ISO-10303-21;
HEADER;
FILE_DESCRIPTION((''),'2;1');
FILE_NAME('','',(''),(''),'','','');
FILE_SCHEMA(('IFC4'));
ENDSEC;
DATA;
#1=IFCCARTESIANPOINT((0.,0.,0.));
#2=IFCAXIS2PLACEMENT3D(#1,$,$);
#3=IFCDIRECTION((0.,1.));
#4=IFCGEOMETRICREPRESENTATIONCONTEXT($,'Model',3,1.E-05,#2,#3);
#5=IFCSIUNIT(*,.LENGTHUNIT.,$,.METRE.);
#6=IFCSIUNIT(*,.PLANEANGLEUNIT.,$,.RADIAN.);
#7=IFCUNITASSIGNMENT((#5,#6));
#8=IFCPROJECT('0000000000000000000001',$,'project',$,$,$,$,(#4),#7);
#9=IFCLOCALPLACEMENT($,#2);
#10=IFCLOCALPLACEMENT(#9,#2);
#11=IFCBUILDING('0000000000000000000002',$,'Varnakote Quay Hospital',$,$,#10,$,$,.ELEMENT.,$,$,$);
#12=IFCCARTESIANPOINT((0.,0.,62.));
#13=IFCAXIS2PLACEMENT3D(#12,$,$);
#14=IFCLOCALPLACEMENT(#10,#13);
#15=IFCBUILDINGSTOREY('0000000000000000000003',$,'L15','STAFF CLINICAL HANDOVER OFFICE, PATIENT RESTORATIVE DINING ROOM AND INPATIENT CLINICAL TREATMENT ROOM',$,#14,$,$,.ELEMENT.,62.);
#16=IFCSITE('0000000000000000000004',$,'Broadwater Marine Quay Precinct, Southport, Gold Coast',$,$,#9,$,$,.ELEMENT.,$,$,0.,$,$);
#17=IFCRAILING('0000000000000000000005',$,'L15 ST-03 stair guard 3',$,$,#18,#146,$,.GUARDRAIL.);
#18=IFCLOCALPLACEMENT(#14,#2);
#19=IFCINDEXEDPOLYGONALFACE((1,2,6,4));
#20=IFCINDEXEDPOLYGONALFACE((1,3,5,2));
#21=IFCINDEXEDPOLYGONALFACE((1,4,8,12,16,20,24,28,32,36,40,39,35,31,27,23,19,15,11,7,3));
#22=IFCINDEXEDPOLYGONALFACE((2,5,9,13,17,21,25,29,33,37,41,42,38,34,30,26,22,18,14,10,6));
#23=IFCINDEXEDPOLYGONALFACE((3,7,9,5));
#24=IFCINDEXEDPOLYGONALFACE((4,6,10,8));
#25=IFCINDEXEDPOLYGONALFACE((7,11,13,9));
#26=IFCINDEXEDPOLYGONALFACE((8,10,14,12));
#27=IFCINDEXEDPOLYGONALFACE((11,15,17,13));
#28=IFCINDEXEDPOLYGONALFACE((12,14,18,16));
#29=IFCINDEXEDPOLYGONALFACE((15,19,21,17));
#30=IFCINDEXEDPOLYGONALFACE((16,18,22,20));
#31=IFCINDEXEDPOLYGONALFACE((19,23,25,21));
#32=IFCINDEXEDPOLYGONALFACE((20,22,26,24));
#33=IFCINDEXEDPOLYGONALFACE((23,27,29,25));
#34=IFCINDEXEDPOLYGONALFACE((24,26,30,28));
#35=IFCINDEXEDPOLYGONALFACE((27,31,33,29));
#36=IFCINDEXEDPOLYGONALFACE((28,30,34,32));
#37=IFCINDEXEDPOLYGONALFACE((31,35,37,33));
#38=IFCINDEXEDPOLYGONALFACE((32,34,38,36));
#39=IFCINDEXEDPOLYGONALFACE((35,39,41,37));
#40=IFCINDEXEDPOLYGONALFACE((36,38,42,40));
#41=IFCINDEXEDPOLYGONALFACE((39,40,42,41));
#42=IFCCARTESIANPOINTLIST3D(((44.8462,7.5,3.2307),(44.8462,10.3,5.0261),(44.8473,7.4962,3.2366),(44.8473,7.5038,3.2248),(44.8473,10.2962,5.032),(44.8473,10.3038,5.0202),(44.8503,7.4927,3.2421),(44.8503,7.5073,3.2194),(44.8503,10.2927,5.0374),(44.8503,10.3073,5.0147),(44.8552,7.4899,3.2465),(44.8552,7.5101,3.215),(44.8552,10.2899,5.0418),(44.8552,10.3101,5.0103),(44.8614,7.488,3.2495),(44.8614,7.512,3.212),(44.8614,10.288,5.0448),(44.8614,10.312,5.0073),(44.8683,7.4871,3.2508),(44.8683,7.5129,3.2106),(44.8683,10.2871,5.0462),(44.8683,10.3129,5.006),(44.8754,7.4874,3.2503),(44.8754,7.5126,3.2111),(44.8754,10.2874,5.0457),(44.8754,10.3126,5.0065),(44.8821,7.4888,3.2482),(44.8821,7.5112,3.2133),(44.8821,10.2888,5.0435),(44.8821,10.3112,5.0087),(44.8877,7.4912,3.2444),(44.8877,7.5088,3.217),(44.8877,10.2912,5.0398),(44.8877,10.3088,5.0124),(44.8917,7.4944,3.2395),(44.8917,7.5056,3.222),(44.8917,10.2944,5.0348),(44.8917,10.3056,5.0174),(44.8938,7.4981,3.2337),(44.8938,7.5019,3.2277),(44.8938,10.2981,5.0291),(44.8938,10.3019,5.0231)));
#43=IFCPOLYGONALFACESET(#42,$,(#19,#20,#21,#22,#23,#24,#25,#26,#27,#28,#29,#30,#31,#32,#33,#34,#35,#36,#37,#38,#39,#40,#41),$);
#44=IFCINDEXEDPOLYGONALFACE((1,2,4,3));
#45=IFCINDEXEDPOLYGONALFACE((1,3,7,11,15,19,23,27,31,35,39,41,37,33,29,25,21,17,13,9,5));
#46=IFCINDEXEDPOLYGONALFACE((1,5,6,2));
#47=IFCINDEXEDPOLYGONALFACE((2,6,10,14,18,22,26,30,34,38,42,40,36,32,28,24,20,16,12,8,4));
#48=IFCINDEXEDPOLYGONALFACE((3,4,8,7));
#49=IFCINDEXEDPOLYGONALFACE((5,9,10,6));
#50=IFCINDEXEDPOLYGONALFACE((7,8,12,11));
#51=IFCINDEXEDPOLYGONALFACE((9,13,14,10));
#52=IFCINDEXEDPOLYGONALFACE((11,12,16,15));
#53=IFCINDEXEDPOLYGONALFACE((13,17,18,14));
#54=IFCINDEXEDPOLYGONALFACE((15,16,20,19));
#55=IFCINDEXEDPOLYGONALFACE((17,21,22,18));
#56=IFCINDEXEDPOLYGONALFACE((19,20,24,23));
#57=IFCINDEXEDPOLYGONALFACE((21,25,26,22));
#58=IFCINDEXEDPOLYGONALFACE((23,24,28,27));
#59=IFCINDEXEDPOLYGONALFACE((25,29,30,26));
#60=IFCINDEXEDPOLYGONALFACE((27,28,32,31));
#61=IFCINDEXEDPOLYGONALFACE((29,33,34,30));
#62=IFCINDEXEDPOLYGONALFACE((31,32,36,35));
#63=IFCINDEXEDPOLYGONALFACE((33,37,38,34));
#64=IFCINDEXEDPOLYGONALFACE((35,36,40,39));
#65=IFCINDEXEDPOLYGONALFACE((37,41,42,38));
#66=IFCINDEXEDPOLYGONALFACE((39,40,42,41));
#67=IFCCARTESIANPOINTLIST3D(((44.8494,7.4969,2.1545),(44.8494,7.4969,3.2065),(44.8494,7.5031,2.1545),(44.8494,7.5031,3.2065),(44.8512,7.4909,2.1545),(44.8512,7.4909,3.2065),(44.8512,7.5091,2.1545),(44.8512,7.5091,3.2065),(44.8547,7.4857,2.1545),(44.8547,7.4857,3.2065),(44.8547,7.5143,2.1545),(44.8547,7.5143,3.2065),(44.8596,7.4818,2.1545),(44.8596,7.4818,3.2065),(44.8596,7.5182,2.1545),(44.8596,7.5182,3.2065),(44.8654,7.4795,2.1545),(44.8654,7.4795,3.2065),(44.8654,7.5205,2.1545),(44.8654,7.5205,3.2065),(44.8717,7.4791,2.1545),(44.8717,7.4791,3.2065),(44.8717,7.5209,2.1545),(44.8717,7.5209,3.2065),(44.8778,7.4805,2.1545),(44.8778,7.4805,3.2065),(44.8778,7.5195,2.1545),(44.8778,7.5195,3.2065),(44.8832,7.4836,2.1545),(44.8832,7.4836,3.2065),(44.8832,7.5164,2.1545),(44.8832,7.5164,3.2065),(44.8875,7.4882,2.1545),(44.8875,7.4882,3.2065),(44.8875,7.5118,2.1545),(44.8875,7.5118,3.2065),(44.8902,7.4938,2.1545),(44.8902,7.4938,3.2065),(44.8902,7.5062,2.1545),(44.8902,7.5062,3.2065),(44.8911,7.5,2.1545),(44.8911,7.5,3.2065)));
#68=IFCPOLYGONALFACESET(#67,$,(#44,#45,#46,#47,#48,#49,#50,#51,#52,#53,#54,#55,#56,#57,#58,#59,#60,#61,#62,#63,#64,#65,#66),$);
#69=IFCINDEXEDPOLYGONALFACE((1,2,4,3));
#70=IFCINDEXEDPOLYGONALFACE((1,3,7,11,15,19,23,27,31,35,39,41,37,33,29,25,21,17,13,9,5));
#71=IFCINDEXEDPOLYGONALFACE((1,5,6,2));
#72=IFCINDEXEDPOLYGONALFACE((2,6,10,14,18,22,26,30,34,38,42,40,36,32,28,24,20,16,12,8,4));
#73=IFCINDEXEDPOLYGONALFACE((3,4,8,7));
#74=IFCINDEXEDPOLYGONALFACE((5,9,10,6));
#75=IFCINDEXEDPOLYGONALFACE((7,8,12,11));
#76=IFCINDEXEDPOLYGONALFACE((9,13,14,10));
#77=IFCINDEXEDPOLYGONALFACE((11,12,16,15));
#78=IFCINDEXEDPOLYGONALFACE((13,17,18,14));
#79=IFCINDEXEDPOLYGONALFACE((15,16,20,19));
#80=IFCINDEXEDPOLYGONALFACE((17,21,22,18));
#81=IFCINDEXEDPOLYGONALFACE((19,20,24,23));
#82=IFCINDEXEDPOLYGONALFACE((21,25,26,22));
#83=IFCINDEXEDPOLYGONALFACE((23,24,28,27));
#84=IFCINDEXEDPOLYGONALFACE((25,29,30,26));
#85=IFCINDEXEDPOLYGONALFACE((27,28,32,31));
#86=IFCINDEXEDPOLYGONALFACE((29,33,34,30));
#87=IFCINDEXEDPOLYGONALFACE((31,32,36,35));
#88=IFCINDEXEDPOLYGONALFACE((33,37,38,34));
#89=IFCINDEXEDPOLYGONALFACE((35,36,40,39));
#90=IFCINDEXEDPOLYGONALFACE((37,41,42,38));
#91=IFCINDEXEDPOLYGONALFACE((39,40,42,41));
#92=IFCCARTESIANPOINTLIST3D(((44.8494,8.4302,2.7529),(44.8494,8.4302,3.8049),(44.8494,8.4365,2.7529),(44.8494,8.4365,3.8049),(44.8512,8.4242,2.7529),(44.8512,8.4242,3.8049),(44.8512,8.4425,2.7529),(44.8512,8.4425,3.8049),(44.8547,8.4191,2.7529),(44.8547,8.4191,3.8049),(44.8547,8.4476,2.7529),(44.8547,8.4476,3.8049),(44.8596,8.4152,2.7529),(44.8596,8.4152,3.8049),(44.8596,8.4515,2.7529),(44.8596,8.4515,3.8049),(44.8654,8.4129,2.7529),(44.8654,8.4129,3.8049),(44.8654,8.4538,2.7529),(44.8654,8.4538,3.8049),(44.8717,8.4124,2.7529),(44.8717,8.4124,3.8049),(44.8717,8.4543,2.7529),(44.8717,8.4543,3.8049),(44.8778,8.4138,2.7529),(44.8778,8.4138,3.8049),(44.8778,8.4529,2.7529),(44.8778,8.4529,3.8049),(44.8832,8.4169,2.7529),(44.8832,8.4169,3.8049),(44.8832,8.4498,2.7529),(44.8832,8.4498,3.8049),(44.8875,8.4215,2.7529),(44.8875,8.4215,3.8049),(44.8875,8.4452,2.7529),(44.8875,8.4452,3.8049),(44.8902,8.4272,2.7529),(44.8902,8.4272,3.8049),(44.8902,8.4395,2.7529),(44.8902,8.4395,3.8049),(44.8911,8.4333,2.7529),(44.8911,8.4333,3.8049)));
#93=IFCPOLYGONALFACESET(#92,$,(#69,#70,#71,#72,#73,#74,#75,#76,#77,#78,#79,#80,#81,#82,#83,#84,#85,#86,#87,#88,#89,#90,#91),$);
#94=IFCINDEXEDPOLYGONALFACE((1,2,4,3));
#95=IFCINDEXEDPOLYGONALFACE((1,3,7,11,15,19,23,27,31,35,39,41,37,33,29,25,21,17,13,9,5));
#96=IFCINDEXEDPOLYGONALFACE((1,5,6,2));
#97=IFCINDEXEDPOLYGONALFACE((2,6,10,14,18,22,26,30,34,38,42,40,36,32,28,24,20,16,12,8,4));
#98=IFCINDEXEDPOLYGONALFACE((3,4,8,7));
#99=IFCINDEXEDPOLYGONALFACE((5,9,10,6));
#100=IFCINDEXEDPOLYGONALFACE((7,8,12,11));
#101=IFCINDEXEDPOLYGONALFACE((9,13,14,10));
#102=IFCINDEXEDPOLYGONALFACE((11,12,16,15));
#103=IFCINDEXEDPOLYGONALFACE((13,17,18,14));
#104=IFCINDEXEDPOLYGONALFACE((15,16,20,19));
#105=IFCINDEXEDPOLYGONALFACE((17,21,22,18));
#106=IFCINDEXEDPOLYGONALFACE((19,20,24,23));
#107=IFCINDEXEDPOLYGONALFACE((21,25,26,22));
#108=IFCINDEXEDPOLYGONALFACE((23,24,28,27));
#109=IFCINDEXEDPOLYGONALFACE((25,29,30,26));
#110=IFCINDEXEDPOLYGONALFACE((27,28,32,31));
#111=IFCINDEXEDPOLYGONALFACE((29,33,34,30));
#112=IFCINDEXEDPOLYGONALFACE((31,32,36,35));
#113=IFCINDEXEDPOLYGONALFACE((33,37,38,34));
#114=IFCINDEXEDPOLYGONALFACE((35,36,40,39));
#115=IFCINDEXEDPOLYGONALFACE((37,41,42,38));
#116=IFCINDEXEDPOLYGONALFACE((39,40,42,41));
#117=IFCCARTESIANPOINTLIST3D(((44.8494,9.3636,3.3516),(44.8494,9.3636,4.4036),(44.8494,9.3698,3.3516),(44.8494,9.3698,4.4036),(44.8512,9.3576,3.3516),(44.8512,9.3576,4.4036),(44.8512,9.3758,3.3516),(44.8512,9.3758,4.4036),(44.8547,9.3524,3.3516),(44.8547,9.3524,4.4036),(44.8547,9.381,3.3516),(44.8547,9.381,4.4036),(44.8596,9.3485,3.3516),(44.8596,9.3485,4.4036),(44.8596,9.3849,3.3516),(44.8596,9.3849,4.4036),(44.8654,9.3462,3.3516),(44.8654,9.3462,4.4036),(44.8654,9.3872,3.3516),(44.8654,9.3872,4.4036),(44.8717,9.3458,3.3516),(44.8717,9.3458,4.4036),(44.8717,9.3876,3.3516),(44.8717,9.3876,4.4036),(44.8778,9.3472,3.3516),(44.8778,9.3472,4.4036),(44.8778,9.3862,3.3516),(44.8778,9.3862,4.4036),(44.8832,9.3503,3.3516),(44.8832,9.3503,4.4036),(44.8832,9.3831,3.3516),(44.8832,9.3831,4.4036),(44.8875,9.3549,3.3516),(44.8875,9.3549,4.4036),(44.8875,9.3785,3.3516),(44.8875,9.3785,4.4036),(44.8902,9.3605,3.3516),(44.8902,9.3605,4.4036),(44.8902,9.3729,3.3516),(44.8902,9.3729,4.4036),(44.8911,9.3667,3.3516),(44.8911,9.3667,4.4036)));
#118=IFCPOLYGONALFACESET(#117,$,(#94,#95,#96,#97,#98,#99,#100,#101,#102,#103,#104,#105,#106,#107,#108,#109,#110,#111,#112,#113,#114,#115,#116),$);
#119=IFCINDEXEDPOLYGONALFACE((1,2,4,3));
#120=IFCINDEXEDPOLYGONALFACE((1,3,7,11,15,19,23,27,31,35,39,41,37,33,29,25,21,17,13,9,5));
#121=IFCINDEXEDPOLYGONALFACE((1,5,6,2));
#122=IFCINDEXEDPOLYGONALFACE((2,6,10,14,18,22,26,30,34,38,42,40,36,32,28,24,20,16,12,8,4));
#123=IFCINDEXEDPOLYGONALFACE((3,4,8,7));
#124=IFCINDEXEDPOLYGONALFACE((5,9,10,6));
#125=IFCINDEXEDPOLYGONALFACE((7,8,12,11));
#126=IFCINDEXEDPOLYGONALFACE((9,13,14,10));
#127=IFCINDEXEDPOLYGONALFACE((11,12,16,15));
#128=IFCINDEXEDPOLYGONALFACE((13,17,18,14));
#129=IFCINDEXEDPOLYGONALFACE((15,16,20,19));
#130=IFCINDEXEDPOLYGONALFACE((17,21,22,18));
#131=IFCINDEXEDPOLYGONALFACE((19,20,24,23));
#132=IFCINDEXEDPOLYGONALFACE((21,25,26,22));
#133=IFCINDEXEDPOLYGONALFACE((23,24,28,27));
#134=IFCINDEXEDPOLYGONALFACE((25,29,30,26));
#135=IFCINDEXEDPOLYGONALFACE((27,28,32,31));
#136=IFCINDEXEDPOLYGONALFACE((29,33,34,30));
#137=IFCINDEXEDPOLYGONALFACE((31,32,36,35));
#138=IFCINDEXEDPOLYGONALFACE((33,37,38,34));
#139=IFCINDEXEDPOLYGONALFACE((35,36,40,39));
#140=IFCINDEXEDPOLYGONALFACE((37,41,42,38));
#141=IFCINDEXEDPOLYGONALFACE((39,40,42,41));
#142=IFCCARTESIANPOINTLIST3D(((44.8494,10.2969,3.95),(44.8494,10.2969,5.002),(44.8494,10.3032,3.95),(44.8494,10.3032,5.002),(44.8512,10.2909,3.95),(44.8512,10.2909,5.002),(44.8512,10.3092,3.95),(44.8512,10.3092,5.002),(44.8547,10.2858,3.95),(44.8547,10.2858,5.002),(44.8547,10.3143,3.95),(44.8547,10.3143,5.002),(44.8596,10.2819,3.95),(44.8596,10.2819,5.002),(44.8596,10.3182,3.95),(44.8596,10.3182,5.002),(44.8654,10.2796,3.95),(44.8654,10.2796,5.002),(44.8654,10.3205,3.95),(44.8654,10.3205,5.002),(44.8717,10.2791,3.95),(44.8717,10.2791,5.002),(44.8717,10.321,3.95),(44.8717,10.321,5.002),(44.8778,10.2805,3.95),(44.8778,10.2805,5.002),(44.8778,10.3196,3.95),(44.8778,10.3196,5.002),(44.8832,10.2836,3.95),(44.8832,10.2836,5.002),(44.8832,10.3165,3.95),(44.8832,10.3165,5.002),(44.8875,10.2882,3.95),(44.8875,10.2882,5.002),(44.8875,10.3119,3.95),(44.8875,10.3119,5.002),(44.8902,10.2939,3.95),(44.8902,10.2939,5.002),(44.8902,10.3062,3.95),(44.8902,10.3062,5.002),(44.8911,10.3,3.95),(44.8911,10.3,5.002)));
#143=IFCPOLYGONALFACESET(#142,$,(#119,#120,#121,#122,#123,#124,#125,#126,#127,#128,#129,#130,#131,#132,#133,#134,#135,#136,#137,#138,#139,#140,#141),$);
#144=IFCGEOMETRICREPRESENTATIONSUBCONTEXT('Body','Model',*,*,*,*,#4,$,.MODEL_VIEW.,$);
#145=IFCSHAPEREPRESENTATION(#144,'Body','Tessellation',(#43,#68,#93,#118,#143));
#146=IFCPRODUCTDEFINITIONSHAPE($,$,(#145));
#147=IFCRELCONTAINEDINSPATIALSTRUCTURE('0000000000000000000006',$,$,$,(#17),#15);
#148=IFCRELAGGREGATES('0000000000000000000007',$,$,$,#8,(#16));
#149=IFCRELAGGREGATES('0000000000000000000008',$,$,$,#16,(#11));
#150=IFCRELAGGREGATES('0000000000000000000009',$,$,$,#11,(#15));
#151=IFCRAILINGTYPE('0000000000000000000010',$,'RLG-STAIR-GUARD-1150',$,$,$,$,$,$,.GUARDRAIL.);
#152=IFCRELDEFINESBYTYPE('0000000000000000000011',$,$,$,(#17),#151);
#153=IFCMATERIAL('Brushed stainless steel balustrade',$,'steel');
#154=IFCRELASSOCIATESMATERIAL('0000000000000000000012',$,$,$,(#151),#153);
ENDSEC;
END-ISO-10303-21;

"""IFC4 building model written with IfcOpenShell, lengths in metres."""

from ifc_helpers import new_model, si_unit, direction, frame, origin, origin_2d, place, context, subcontext, project, spatial, circle, extrude, material, type_object, element, save


model = new_model("IFC4")

# Units and contexts
model_context = context("Model", 3, precision=1e-05, world=origin(), true_north=direction((0.0, 1.0)))
body_context = subcontext(model_context, "Body", "Model", "MODEL_VIEW")
ifc_project = project(units=[si_unit("LENGTHUNIT", "METRE"), si_unit("PLANEANGLEUNIT", "RADIAN")], contexts=[model_context])

# Site, building, storey
site_placement = place(None, origin())
site = spatial("IfcSite", under=ifc_project, at=site_placement, Name="Broadwater Marine Quay Precinct, Southport, Gold Coast", CompositionType="ELEMENT", RefElevation=0.0)
building_placement = place(site_placement, origin())
building = spatial("IfcBuilding", under=site, at=building_placement, Name="Varnakote Quay Hospital", CompositionType="ELEMENT")
storey_placement = place(building_placement, frame((0.0, 0.0, 62.0)))
storey = spatial("IfcBuildingStorey", under=building, at=storey_placement, Name="L15", Description="STAFF CLINICAL HANDOVER OFFICE, PATIENT RESTORATIVE DINING ROOM AND INPATIENT CLINICAL TREATMENT ROOM", CompositionType="ELEMENT", Elevation=62.0)

# Railing
ifc_material_1 = material(Name="Brushed stainless steel balustrade", Category="steel")
railing_type_1 = type_object("IfcRailingType", Name="RLG-STAIR-GUARD-1150", PredefinedType="GUARDRAIL", material=ifc_material_1)
railing_1_placement = place(storey_placement, frame((44.8701, 7.5, 2.1545)))
element("IfcRailing", 1, at=railing_1_placement, inside=storey, type_object=railing_type_1, Name="L15 ST-03 stair guard 3", PredefinedType="GUARDRAIL", context=body_context, shape_type="SweptSolid", body=[
    extrude(circle(Radius=0.0239, at=origin_2d()), frame((0.0, 0.0, 1.0762), z_axis=(0.0, 0.84181, 0.539774), x_axis=(-1.0, 0.0, 0.0)), (0.0, 0.0, 1.0), 3.3262),
    extrude(circle(Radius=0.021, at=origin_2d()), origin(), (0.0, 0.0, 1.0), 1.052),
    extrude(circle(Radius=0.021, at=origin_2d()), frame((0.0, 0.9333, 0.5984)), (0.0, 0.0, 1.0), 1.052),
    extrude(circle(Radius=0.021, at=origin_2d()), frame((0.0, 1.8667, 1.197)), (0.0, 0.0, 1.0), 1.052),
    extrude(circle(Radius=0.021, at=origin_2d()), frame((0.0, 2.8, 1.7954)), (0.0, 0.0, 1.0), 1.052),
])

save(model, "model.ifc")
